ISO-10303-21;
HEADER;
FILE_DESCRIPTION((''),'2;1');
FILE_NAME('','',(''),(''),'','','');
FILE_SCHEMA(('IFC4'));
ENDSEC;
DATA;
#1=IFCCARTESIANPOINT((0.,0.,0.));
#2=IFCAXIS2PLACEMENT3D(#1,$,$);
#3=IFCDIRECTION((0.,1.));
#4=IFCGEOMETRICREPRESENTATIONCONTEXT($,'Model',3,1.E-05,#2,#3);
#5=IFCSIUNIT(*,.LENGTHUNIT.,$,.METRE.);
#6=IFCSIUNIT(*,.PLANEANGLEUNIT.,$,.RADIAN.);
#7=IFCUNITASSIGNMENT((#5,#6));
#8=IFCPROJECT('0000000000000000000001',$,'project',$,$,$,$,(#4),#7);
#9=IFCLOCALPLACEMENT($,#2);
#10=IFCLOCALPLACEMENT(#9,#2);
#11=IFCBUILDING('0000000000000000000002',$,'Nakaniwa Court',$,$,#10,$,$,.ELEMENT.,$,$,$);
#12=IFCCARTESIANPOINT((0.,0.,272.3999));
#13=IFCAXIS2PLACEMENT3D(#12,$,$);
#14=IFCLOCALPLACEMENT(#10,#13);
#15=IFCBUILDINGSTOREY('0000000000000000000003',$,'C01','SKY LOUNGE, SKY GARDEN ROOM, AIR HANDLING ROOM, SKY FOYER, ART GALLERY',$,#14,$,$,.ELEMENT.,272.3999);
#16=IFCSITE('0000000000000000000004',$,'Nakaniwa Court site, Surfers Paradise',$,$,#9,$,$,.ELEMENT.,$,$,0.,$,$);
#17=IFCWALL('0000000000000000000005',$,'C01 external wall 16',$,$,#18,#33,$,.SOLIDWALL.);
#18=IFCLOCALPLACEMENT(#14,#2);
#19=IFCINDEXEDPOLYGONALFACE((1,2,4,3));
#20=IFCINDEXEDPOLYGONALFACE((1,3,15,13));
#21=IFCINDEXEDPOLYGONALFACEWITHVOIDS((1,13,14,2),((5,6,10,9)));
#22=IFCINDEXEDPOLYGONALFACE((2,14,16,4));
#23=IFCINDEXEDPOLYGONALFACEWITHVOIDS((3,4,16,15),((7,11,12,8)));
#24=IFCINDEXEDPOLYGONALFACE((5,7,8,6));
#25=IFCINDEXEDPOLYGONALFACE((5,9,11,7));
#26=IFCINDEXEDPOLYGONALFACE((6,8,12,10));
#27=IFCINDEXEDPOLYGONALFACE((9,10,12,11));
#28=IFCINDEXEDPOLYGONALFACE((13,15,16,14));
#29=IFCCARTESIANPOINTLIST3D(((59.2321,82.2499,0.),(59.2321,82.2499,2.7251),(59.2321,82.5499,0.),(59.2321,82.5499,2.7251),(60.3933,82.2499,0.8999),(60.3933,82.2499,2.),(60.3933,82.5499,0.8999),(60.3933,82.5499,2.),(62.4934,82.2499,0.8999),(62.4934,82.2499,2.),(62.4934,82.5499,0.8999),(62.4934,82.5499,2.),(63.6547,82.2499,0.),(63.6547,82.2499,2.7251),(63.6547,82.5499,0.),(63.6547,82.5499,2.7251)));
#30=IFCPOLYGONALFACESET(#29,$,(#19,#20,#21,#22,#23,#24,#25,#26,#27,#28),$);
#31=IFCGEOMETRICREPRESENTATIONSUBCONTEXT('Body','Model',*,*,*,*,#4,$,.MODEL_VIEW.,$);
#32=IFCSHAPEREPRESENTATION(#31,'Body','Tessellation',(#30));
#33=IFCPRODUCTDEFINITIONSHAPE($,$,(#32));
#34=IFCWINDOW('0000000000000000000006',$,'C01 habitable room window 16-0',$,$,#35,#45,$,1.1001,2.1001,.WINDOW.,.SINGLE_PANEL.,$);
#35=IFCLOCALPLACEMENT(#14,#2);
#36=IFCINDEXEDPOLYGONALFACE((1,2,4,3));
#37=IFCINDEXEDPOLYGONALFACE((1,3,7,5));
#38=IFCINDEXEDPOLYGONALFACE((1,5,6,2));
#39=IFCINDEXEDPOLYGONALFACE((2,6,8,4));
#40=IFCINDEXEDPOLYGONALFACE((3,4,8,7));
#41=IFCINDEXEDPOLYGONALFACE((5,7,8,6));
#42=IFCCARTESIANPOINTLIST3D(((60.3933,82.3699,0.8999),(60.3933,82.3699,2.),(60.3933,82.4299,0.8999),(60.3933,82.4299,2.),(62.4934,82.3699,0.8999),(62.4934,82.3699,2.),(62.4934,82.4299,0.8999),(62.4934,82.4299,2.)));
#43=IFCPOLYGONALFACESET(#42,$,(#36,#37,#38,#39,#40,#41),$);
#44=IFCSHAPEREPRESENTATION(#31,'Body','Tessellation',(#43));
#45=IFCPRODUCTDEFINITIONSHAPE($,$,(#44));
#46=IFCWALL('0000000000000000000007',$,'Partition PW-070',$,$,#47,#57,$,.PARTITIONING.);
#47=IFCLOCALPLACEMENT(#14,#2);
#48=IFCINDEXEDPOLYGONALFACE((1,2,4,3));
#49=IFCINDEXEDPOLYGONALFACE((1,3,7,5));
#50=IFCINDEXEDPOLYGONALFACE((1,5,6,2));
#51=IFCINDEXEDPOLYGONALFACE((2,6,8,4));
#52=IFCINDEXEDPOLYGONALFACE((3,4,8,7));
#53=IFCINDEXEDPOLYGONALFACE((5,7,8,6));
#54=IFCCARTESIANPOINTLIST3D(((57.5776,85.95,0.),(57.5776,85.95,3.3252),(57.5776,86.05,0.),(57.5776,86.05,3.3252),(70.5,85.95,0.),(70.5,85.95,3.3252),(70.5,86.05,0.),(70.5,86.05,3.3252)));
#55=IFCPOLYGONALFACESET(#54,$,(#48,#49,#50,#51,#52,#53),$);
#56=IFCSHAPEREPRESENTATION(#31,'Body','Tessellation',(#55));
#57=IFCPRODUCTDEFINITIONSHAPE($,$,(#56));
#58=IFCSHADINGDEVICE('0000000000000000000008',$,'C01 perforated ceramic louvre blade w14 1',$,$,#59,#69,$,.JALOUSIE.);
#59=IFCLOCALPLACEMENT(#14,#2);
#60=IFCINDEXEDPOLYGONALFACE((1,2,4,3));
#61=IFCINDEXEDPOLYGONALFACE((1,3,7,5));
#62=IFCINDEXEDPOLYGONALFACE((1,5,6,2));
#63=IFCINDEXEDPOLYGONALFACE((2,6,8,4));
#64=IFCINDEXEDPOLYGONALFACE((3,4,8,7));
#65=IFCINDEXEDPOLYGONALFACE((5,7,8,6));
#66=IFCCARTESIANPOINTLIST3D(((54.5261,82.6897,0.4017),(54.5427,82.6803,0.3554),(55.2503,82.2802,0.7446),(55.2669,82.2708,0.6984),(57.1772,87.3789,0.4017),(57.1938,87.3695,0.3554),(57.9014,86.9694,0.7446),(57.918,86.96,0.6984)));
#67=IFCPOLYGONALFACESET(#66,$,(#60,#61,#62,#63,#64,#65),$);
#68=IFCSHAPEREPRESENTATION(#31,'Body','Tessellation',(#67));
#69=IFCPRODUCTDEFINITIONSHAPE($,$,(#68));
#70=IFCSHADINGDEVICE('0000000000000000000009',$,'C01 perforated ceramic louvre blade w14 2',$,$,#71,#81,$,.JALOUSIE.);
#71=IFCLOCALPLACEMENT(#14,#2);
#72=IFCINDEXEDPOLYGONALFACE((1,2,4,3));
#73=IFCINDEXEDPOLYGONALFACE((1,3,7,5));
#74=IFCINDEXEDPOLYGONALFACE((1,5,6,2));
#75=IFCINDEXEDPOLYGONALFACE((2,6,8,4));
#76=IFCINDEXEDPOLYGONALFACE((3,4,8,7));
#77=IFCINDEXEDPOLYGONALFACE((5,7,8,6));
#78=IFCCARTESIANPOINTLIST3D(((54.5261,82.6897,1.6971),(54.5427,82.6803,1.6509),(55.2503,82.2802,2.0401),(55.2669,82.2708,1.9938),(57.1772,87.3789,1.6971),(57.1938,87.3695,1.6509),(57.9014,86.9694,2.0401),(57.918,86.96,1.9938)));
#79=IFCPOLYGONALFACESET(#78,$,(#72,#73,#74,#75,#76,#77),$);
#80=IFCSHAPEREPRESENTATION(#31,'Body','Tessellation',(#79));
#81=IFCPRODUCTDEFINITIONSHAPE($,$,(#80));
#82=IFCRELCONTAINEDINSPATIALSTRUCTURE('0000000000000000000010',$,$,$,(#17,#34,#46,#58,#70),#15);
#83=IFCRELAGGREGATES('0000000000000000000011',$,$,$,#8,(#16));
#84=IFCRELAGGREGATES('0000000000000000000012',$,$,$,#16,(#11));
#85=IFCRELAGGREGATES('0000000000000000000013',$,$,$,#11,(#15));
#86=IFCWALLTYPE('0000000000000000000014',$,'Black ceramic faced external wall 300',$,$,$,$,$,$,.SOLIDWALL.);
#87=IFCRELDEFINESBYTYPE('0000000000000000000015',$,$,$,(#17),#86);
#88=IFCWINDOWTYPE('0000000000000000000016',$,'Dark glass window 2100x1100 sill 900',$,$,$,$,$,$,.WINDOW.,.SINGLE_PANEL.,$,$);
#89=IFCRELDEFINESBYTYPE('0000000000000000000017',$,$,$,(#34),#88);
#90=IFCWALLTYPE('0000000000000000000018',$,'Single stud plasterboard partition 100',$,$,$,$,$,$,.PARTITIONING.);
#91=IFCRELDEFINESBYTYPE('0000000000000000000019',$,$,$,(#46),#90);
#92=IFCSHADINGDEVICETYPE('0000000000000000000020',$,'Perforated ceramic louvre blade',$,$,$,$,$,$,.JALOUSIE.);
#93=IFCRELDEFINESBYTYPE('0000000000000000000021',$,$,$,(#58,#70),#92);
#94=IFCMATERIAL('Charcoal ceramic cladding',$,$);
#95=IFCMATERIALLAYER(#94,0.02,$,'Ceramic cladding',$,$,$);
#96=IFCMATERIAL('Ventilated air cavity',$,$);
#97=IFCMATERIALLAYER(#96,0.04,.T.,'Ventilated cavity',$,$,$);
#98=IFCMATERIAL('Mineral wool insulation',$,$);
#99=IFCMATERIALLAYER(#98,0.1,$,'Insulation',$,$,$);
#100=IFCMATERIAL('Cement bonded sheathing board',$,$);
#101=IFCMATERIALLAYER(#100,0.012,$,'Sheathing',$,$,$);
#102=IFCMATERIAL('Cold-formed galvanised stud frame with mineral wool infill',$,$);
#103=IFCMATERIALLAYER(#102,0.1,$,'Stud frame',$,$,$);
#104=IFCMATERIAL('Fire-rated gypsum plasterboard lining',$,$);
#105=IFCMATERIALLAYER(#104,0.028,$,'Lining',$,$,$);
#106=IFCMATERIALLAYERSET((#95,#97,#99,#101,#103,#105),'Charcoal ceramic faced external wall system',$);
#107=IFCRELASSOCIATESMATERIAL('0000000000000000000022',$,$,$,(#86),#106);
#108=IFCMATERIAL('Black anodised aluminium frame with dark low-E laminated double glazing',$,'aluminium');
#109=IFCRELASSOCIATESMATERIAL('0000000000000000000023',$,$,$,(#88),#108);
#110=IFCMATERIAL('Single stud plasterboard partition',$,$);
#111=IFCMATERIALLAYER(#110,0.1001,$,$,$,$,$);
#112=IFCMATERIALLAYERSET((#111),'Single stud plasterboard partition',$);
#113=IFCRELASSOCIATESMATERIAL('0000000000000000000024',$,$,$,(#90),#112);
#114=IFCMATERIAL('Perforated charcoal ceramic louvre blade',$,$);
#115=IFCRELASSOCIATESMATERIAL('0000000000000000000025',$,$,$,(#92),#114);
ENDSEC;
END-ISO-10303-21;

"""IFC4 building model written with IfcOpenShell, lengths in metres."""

from ifc_helpers import new_model, si_unit, direction, frame, frame_2d, origin, origin_2d, place, context, subcontext, project, spatial, rectangle, extrude, material, layer, layer_set, material_profile, profile_set, type_object, element, fill, save


model = new_model("IFC4")

# Units and contexts
model_context = context("Model", 3, precision=1e-05, world=origin(), true_north=direction((0.0, 1.0)))
body_context = subcontext(model_context, "Body", "Model", "MODEL_VIEW")
ifc_project = project(units=[si_unit("LENGTHUNIT", "METRE"), si_unit("PLANEANGLEUNIT", "RADIAN")], contexts=[model_context])

# Site, building, storey
site_placement = place(None, origin())
site = spatial("IfcSite", under=ifc_project, at=site_placement, Name="Nakaniwa Court site, Surfers Paradise", CompositionType="ELEMENT", RefElevation=0.0)
building_placement = place(site_placement, origin())
building = spatial("IfcBuilding", under=site, at=building_placement, Name="Nakaniwa Court", CompositionType="ELEMENT")
storey_placement = place(building_placement, frame((0.0, 0.0, 272.3999)))
storey = spatial("IfcBuildingStorey", under=building, at=storey_placement, Name="C01", Description="SKY LOUNGE, SKY GARDEN ROOM, AIR HANDLING ROOM, SKY FOYER, ART GALLERY", CompositionType="ELEMENT", Elevation=272.3999)

# Shared definitions
ifc_material_1 = material(Name="Black anodised aluminium frame with dark low-E laminated double glazing", Category="aluminium")

# Wall, opening, window
ifc_material_2 = material(Name="Charcoal ceramic cladding")
ifc_layer_1 = layer(ifc_material_2, 0.02, Name="Ceramic cladding")
ifc_material_3 = material(Name="Ventilated air cavity")
ifc_layer_2 = layer(ifc_material_3, 0.04, ventilated=True, Name="Ventilated cavity")
ifc_material_4 = material(Name="Mineral wool insulation")
ifc_layer_3 = layer(ifc_material_4, 0.1, Name="Insulation")
ifc_material_5 = material(Name="Cement bonded sheathing board")
ifc_layer_4 = layer(ifc_material_5, 0.012, Name="Sheathing")
ifc_material_6 = material(Name="Cold-formed galvanised stud frame with mineral wool infill")
ifc_layer_5 = layer(ifc_material_6, 0.1, Name="Stud frame")
ifc_material_7 = material(Name="Fire-rated gypsum plasterboard lining")
ifc_layer_6 = layer(ifc_material_7, 0.028, Name="Lining")
ifc_layer_set_1 = layer_set([ifc_layer_1, ifc_layer_2, ifc_layer_3, ifc_layer_4, ifc_layer_5, ifc_layer_6], Name="Charcoal ceramic faced external wall system")
wall_type_1 = type_object("IfcWallType", Name="Black ceramic faced external wall 300", PredefinedType="SOLIDWALL", material=ifc_layer_set_1)
wall_1_placement = place(storey_placement, frame((59.2319, 82.3999, 0.0), z_axis=(0.0, 0.0, 1.0), x_axis=(1.0, 0.0, 0.0)))
wall_1 = element("IfcWall", 1, at=wall_1_placement, inside=storey, type_object=wall_type_1, Name="C01 external wall 16", PredefinedType="SOLIDWALL", context=body_context, shape_type="SweptSolid", body=[
    extrude(rectangle(XDim=4.4226, YDim=0.3, at=frame_2d((2.2114, 0.0))), origin(), (0.0, 0.0, 1.0), 2.7251),
])
opening_1_placement = place(wall_1_placement, frame((1.1614, 0.0, 0.8999)))
opening_1 = element("IfcOpeningElement", 2, at=opening_1_placement, cuts=wall_1, PredefinedType="OPENING", context=body_context, shape_type="SweptSolid", body=[
    extrude(rectangle(XDim=2.1001, YDim=1.1001, at=frame_2d((1.05, 0.55))), frame((0.0, 0.1599, 0.0), z_axis=(0.0, -1.0, 0.0), x_axis=(1.0, 0.0, 0.0)), (0.0, 0.0, 1.0), 0.3201),
])
window_type_1 = type_object("IfcWindowType", Name="Dark glass window 2100x1100 sill 900", PartitioningType="SINGLE_PANEL", PredefinedType="WINDOW", material=ifc_material_1)
window_1_placement = place(opening_1_placement, origin())
window_1 = element("IfcWindow", 3, at=window_1_placement, inside=storey, type_object=window_type_1, Name="C01 habitable room window 16-0", OverallHeight=1.1001, OverallWidth=2.1001, PartitioningType="SINGLE_PANEL", PredefinedType="WINDOW", context=body_context, shape_type="SweptSolid", body=[
    extrude(rectangle(XDim=2.1001, YDim=1.1001, at=frame_2d((1.05, 0.55))), frame((0.0, 0.03, 0.0), z_axis=(0.0, -1.0, 0.0), x_axis=(1.0, 0.0, 0.0)), (0.0, 0.0, 1.0), 0.0601),
])
fill(opening_1, window_1)

# Wall
ifc_material_8 = material(Name="Single stud plasterboard partition")
ifc_layer_7 = layer(ifc_material_8, 0.1001)
ifc_layer_set_2 = layer_set([ifc_layer_7], Name="Single stud plasterboard partition")
wall_type_2 = type_object("IfcWallType", Name="Single stud plasterboard partition 100", PredefinedType="PARTITIONING", material=ifc_layer_set_2)
wall_2_placement = place(storey_placement, frame((57.5776, 86.0, 0.0), z_axis=(0.0, 0.0, 1.0), x_axis=(1.0, 0.0, 0.0)))
element("IfcWall", 4, at=wall_2_placement, inside=storey, type_object=wall_type_2, Name="Partition PW-070", PredefinedType="PARTITIONING", context=body_context, shape_type="SweptSolid", body=[
    extrude(rectangle(XDim=12.9224, YDim=0.1001, at=frame_2d((6.4612, 0.0))), origin(), (0.0, 0.0, 1.0), 3.3252),
])

# Shading devices
ifc_material_9 = material(Name="Perforated charcoal ceramic louvre blade")
ifc_material_profile_1 = material_profile(ifc_material_9, rectangle(XDim=0.8999, YDim=0.05, at=origin_2d()), Name="Perforated ceramic louvre blade")
ifc_profile_set_1 = profile_set([ifc_material_profile_1], Name="Perforated charcoal ceramic louvre blade")
shading_device_type = type_object("IfcShadingDeviceType", Name="Perforated ceramic louvre blade", PredefinedType="JALOUSIE", material=ifc_profile_set_1)
for number, where, z_axis, x_axis, name in (
    (5, (57.5476, 87.1694, 0.55), (-0.492156, -0.870507, 0.0), (0.804824, -0.455021, 0.38107), "C01 perforated ceramic louvre blade w14 1"),
    (6, (57.5476, 87.1694, 1.8455), (-0.492156, -0.870507, 0.0), (0.804824, -0.455021, 0.38107), "C01 perforated ceramic louvre blade w14 2"),
):
    element("IfcShadingDevice", number, at=place(storey_placement, frame(where, z_axis=z_axis, x_axis=x_axis)), inside=storey, type_object=shading_device_type, Name=name, PredefinedType="JALOUSIE", context=body_context, shape_type="SweptSolid", body=[
        extrude(rectangle(XDim=0.8999, YDim=0.05, at=origin_2d()), origin(), (0.0, 0.0, 1.0), 5.3867),
    ])

save(model, "model.ifc")
